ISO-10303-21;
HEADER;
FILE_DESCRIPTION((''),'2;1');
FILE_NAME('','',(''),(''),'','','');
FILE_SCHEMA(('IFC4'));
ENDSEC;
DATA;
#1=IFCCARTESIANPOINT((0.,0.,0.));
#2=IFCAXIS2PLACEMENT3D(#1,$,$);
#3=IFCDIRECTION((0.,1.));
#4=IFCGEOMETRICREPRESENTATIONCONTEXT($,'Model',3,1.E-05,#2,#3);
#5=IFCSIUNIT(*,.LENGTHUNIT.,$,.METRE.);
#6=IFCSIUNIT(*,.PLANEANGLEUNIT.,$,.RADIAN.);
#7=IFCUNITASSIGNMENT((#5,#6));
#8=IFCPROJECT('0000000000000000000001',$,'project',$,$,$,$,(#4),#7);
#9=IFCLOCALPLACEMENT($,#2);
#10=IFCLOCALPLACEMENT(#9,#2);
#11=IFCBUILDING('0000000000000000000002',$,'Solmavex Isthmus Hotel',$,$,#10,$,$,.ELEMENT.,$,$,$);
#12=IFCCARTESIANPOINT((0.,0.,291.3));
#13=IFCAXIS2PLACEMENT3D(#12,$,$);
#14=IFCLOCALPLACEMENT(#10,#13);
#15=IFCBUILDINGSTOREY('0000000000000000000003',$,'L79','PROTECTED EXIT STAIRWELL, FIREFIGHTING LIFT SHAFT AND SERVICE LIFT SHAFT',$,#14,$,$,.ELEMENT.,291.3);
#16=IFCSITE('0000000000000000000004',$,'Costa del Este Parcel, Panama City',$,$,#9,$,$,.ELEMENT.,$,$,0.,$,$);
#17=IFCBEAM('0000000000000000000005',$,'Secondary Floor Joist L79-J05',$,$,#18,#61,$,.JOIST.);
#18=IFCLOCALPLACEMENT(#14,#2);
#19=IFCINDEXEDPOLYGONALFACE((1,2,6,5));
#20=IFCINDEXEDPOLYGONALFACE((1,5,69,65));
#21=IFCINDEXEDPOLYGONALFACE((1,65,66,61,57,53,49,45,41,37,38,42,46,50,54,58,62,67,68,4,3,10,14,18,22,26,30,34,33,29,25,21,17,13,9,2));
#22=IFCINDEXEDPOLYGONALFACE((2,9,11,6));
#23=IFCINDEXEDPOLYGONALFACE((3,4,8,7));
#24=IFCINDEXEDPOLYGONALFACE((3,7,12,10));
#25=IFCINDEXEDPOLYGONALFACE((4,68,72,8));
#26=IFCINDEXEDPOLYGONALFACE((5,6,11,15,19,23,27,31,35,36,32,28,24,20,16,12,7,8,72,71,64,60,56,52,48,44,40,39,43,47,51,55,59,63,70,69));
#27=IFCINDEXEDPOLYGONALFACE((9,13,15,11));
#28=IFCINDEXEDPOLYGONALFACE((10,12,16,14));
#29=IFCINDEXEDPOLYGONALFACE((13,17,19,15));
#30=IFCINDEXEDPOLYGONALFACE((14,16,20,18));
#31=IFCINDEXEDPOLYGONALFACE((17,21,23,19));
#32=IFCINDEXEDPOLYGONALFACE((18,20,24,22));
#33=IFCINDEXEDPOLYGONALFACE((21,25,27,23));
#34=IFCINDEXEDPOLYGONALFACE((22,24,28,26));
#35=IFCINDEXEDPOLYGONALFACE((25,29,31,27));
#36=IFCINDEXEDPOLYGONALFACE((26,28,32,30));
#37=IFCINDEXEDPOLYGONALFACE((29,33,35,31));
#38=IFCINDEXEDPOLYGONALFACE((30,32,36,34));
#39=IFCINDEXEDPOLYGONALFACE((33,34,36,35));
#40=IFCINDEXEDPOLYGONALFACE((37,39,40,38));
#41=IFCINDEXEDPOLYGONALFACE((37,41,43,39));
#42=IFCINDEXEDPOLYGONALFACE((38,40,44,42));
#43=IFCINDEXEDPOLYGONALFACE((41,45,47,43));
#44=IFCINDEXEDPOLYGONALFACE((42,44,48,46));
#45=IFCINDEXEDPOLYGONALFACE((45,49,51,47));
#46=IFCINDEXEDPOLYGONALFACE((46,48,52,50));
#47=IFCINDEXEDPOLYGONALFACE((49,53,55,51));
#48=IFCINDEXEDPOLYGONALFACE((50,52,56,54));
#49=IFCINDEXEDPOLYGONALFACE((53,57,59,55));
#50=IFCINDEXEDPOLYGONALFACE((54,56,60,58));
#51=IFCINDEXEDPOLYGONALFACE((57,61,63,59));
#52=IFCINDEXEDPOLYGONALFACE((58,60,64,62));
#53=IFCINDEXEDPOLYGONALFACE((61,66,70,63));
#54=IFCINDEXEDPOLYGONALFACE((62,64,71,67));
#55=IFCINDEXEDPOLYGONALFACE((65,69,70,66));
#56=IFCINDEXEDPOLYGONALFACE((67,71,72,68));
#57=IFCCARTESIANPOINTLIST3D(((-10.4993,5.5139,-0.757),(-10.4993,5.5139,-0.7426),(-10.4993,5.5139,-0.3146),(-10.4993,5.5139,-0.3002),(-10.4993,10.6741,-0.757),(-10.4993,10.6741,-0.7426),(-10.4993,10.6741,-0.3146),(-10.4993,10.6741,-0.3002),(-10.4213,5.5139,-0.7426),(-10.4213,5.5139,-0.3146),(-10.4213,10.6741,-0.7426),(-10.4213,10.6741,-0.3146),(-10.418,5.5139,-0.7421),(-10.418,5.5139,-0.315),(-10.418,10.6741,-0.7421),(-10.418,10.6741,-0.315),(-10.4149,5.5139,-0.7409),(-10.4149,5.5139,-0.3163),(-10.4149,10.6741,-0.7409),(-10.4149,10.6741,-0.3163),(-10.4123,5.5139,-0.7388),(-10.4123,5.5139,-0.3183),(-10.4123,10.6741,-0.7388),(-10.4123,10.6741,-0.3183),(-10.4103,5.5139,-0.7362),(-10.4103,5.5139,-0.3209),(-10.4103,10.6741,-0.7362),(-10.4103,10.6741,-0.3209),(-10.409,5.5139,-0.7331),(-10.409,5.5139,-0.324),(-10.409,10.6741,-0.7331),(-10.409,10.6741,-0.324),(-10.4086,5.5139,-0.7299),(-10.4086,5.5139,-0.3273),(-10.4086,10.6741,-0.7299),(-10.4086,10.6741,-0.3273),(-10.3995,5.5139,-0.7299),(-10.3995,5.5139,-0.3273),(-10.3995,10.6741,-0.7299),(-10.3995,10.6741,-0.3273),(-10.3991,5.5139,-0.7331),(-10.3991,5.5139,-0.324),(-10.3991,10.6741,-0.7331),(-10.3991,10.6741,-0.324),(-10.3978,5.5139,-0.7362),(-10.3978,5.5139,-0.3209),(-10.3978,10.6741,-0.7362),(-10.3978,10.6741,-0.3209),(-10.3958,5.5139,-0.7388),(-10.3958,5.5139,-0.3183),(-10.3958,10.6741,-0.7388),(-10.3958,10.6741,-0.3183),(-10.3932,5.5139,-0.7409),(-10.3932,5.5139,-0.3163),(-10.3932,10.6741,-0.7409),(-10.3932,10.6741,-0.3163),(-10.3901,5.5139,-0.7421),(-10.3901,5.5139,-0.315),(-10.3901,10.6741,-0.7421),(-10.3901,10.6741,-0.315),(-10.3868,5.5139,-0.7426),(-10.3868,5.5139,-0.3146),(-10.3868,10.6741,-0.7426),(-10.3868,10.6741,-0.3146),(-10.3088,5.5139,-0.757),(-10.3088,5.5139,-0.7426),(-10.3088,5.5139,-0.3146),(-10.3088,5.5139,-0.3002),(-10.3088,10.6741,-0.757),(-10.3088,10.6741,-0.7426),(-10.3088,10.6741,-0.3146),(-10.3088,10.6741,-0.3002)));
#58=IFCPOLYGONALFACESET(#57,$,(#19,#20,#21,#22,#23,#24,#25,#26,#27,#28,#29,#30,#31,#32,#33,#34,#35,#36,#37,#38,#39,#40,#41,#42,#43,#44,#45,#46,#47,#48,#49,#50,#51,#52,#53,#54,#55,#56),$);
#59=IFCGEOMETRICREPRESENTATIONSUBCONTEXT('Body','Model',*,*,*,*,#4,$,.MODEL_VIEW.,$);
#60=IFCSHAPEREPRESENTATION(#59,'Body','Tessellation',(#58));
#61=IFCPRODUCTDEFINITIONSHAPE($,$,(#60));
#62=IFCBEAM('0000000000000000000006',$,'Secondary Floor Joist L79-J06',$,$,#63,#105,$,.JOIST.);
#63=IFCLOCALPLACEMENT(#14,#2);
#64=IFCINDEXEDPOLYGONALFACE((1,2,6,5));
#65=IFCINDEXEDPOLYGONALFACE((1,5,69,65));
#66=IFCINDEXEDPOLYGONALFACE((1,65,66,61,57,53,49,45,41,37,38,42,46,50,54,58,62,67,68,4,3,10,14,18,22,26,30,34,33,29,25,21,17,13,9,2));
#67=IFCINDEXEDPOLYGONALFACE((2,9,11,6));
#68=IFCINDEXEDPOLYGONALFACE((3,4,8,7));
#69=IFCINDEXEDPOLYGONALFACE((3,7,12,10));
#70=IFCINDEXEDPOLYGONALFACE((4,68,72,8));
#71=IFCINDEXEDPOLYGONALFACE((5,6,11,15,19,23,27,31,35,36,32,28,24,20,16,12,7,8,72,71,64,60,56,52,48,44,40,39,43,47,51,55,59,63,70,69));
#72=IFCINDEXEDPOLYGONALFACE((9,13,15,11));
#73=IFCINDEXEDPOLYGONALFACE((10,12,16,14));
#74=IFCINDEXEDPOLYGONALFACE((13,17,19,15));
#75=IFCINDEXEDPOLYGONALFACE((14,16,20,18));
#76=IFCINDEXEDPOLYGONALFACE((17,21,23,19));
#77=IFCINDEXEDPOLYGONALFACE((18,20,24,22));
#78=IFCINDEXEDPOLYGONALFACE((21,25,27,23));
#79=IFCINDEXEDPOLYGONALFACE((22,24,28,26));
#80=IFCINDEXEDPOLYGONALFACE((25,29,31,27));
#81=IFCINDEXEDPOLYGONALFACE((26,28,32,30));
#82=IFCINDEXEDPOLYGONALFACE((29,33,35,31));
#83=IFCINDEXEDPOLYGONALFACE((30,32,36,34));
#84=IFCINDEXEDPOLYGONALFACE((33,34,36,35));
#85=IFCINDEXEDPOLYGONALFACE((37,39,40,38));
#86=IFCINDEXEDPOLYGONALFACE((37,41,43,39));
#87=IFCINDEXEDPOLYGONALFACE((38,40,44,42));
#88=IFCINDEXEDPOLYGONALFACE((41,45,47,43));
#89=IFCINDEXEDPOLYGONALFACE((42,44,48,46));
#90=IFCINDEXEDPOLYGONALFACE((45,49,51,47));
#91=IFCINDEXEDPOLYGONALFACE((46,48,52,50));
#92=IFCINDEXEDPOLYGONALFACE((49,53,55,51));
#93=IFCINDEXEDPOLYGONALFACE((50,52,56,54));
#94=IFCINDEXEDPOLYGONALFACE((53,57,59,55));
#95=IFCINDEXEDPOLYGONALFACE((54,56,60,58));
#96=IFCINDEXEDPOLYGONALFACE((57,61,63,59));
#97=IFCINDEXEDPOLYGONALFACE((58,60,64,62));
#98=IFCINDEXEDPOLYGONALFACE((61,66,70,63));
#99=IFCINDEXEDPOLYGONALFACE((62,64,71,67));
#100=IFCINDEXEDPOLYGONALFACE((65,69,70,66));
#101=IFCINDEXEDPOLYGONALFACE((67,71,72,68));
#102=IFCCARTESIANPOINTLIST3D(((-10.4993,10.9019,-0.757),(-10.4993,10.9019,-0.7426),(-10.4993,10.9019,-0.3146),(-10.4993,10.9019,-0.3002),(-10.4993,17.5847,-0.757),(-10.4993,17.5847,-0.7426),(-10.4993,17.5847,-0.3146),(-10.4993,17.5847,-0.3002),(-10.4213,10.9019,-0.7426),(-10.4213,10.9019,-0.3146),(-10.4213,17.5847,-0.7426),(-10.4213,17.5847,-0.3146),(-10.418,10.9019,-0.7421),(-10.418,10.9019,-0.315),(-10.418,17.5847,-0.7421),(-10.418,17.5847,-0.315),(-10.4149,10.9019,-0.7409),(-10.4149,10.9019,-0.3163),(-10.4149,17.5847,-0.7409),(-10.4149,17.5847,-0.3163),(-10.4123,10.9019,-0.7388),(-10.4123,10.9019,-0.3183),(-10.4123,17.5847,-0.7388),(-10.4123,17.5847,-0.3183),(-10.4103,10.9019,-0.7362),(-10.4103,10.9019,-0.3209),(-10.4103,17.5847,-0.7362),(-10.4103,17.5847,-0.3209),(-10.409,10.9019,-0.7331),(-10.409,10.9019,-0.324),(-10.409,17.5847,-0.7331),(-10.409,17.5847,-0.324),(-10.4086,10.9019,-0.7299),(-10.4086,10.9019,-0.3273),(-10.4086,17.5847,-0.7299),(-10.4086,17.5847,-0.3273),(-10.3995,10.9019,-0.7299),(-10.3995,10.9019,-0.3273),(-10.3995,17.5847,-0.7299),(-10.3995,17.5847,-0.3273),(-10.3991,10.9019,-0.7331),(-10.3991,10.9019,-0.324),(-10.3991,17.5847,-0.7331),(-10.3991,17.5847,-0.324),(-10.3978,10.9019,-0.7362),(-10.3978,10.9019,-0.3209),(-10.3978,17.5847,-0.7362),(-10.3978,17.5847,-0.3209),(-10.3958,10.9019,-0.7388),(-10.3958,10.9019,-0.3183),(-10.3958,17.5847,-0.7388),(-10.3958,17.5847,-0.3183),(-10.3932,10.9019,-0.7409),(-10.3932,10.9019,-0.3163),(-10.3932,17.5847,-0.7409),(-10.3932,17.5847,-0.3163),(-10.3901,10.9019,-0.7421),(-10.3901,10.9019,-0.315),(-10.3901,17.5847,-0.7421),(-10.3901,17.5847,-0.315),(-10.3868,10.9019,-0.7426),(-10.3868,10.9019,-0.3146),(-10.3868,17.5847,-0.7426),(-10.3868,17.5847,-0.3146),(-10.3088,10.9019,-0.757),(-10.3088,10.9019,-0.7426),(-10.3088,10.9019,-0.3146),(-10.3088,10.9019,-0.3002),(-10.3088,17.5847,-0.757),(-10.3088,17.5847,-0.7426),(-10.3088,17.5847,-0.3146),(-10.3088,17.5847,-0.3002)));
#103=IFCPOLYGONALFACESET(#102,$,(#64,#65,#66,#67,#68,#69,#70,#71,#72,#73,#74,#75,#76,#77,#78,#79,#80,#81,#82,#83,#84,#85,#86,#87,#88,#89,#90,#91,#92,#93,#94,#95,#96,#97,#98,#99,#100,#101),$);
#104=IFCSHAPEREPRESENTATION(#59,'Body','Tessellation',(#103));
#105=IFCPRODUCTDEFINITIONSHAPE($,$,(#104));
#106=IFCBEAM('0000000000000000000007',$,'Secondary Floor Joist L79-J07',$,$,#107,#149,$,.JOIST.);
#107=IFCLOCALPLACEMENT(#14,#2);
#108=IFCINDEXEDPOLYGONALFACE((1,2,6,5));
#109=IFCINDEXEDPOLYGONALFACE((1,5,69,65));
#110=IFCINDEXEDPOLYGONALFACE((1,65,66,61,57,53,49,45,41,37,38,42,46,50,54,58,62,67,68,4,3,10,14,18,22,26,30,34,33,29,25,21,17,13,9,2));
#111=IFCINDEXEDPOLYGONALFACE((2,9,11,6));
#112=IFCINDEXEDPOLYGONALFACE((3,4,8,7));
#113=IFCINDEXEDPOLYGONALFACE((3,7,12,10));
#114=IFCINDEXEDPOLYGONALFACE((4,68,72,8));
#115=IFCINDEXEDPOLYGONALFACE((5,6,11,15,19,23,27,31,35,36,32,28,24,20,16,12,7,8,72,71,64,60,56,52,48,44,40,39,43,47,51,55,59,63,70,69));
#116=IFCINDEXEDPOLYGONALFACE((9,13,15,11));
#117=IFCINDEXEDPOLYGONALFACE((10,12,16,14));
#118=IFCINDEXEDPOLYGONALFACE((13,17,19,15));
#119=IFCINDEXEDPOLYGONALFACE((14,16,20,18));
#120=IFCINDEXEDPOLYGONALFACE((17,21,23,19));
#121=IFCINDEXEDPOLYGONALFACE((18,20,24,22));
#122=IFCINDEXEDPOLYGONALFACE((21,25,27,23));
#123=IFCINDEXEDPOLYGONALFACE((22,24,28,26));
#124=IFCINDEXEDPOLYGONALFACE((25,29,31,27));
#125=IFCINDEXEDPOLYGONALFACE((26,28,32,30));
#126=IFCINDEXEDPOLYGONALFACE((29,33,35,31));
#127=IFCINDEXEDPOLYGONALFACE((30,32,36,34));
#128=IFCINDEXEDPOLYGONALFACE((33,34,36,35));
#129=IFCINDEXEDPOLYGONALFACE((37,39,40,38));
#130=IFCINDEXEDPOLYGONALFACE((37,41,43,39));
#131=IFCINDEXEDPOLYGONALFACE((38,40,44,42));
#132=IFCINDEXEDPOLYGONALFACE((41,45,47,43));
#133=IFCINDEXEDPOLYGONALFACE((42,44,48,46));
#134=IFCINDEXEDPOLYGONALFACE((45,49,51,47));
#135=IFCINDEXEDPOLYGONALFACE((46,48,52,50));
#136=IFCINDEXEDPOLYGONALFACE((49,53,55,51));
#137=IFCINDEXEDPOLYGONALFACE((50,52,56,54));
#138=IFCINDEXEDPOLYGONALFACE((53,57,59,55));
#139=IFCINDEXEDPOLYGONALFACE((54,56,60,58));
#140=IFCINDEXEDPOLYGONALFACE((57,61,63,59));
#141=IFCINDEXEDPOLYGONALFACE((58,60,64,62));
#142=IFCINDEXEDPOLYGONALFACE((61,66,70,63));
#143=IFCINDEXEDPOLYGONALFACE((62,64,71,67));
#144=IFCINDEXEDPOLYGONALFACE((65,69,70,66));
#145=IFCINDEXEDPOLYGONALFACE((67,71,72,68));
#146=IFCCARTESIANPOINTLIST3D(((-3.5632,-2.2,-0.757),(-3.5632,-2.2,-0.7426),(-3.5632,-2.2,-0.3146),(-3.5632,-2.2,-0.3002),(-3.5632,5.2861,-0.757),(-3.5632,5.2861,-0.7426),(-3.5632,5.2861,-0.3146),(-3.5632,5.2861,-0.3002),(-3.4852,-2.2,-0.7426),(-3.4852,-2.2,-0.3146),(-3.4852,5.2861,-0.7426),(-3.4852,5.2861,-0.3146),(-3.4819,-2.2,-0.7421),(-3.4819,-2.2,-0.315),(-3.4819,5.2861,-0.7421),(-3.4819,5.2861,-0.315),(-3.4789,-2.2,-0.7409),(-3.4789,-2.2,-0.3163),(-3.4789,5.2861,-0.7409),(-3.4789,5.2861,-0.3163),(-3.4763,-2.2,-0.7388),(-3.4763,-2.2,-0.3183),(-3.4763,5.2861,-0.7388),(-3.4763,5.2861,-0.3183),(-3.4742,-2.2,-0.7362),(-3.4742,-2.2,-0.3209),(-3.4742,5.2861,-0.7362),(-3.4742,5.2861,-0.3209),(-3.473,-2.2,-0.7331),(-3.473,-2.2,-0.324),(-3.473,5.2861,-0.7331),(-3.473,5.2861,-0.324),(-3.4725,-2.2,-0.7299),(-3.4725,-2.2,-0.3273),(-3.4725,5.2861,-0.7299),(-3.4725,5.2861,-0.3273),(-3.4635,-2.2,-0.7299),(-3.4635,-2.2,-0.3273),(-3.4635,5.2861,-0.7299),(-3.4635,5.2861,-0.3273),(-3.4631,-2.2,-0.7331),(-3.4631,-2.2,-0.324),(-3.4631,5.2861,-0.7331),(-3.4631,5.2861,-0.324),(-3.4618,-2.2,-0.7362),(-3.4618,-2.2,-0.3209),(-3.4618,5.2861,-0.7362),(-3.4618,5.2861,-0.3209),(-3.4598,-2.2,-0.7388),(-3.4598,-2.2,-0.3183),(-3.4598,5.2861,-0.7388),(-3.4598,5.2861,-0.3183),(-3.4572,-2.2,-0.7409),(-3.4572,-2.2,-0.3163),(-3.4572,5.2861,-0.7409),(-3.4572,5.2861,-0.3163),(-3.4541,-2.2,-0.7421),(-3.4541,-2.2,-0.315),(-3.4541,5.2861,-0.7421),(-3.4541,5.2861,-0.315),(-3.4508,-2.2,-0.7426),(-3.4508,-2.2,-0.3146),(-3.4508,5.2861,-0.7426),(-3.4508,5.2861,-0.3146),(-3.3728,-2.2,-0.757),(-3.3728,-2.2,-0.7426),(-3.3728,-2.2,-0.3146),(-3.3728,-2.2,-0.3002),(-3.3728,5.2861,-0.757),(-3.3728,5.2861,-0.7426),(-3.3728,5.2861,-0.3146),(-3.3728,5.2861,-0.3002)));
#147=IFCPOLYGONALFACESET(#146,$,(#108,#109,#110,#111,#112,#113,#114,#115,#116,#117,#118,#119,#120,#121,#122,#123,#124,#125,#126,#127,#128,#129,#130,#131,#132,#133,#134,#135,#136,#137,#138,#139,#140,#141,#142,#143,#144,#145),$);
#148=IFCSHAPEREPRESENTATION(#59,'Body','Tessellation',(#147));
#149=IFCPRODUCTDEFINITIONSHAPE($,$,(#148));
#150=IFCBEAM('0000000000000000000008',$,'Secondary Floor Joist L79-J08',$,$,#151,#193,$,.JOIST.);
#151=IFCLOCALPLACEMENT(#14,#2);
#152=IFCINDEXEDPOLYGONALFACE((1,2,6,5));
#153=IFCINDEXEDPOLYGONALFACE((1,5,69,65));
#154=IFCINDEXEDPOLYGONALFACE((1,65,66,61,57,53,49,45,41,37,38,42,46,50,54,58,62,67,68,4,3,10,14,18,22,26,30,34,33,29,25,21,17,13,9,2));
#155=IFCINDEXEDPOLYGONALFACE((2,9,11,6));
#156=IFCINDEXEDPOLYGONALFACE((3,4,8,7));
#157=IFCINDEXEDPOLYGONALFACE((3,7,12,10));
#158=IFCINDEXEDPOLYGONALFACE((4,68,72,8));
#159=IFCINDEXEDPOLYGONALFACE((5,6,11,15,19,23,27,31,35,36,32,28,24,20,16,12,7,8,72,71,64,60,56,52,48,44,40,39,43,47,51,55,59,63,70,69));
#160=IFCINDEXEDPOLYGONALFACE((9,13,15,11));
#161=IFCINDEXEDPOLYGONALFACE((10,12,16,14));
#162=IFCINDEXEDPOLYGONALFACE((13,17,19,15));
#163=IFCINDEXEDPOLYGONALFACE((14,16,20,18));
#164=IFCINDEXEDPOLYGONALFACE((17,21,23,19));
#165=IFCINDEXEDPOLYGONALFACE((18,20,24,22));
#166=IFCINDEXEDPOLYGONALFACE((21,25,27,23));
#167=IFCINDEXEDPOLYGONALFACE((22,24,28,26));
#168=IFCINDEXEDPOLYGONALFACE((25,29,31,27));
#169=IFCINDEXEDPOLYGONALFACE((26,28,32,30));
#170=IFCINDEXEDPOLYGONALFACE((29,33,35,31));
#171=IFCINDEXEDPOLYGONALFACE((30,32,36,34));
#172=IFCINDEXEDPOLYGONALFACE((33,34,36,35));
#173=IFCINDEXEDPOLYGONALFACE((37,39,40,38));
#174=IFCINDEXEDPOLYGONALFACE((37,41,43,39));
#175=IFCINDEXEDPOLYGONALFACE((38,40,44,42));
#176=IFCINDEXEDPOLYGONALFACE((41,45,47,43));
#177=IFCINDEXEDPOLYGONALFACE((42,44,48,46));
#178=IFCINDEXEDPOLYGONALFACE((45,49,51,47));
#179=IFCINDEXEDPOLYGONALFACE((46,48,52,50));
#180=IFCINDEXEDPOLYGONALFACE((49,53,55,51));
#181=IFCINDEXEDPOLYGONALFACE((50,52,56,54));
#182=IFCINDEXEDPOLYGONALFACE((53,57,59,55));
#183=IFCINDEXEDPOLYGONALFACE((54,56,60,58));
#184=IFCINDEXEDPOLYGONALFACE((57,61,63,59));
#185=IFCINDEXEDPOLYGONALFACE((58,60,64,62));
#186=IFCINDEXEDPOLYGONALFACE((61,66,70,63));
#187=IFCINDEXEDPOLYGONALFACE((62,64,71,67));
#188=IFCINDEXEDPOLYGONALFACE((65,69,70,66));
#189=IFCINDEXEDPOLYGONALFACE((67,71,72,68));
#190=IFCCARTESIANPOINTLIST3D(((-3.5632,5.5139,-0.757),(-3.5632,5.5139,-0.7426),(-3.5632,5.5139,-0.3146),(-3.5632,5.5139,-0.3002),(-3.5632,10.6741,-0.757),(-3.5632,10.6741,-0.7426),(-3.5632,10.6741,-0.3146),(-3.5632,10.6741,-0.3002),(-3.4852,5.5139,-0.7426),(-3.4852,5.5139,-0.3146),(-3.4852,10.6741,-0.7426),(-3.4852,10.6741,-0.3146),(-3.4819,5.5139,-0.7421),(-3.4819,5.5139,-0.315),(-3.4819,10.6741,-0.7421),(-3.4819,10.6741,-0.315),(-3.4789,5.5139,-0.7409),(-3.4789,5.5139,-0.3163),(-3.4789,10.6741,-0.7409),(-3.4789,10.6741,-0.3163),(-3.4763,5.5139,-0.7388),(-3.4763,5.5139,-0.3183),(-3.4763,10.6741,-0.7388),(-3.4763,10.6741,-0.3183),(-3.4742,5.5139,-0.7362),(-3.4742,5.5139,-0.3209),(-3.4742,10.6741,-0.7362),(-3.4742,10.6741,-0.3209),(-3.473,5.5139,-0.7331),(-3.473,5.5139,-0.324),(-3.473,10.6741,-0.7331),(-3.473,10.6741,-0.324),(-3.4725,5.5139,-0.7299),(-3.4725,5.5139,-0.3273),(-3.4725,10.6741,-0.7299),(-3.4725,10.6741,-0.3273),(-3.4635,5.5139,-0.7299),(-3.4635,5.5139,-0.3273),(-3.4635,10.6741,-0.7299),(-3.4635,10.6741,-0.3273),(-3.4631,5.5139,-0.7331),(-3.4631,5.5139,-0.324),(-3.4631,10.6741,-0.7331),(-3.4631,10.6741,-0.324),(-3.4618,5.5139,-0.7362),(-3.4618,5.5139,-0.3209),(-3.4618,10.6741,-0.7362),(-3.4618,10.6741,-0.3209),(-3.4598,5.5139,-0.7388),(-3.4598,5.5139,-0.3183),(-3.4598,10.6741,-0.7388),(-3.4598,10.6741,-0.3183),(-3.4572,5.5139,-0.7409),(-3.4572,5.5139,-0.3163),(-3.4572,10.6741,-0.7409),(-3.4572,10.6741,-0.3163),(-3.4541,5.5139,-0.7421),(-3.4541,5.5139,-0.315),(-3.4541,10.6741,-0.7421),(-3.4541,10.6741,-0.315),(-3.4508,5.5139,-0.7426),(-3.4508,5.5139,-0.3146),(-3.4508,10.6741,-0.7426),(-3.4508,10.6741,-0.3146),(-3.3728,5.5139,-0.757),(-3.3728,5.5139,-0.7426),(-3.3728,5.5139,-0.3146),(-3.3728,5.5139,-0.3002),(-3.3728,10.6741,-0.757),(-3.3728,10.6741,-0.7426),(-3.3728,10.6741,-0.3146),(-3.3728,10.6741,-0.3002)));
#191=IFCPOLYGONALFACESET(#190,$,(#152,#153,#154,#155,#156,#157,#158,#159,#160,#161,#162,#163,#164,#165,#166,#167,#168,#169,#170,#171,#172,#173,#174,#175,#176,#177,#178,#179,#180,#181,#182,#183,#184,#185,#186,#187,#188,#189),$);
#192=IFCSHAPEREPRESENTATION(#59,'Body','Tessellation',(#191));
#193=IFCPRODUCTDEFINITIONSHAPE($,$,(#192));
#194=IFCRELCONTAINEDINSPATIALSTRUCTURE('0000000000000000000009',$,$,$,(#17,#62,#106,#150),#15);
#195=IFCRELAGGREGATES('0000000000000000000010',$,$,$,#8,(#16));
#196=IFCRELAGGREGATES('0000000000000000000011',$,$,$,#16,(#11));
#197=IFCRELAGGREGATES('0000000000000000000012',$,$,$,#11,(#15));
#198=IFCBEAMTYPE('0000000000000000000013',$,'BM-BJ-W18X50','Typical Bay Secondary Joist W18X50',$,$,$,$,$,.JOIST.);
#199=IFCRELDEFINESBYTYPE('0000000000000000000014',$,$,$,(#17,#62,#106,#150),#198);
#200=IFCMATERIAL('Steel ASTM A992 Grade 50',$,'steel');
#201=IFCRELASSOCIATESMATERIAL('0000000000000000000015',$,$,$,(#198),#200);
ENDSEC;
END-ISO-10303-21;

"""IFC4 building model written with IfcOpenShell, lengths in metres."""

from ifc_helpers import new_model, si_unit, direction, frame, origin, origin_2d, place, context, subcontext, project, spatial, i_section, extrude, material, material_profile, profile_set, type_object, element, save


model = new_model("IFC4")

# Units and contexts
model_context = context("Model", 3, precision=1e-05, world=origin(), true_north=direction((0.0, 1.0)))
body_context = subcontext(model_context, "Body", "Model", "MODEL_VIEW")
ifc_project = project(units=[si_unit("LENGTHUNIT", "METRE"), si_unit("PLANEANGLEUNIT", "RADIAN")], contexts=[model_context])

# Site, building, storey
site_placement = place(None, origin())
site = spatial("IfcSite", under=ifc_project, at=site_placement, Name="Costa del Este Parcel, Panama City", CompositionType="ELEMENT", RefElevation=0.0)
building_placement = place(site_placement, origin())
building = spatial("IfcBuilding", under=site, at=building_placement, Name="Solmavex Isthmus Hotel", CompositionType="ELEMENT")
storey_placement = place(building_placement, frame((0.0, 0.0, 291.3)))
storey = spatial("IfcBuildingStorey", under=building, at=storey_placement, Name="L79", Description="PROTECTED EXIT STAIRWELL, FIREFIGHTING LIFT SHAFT AND SERVICE LIFT SHAFT", CompositionType="ELEMENT", Elevation=291.3)

# Beams
ifc_material_1 = material(Name="Steel ASTM A992 Grade 50", Category="steel")
ifc_material_profile_1 = material_profile(ifc_material_1, i_section(OverallWidth=0.1904, OverallDepth=0.4568, WebThickness=0.009, FlangeThickness=0.0144, FilletRadius=0.0127, at=origin_2d()), Name="W18X50")
ifc_profile_set_1 = profile_set([ifc_material_profile_1], Name="Steel ASTM A992 Grade 50")
beam_type_1 = type_object("IfcBeamType", Name="BM-BJ-W18X50", Description="Typical Bay Secondary Joist W18X50", PredefinedType="JOIST", material=ifc_profile_set_1)
beam_1_placement = place(storey_placement, frame((-10.4041, 5.5139, -0.5286), z_axis=(0.0, 1.0, 0.0), x_axis=(-1.0, 0.0, 0.0)))
element("IfcBeam", 1, at=beam_1_placement, inside=storey, type_object=beam_type_1, Name="Secondary Floor Joist L79-J05", PredefinedType="JOIST", context=body_context, shape_type="SweptSolid", body=[
    extrude(i_section(OverallWidth=0.1904, OverallDepth=0.4568, WebThickness=0.009, FlangeThickness=0.0144, FilletRadius=0.0127, at=origin_2d()), origin(), (0.0, 0.0, 1.0), 5.1602),
])
beam_2_placement = place(storey_placement, frame((-10.4041, 10.9019, -0.5286), z_axis=(0.0, 1.0, 0.0), x_axis=(-1.0, 0.0, 0.0)))
element("IfcBeam", 2, at=beam_2_placement, inside=storey, type_object=beam_type_1, Name="Secondary Floor Joist L79-J06", PredefinedType="JOIST", context=body_context, shape_type="SweptSolid", body=[
    extrude(i_section(OverallWidth=0.1904, OverallDepth=0.4568, WebThickness=0.009, FlangeThickness=0.0144, FilletRadius=0.0127, at=origin_2d()), origin(), (0.0, 0.0, 1.0), 6.6829),
])
beam_3_placement = place(storey_placement, frame((-3.468, -2.2, -0.5286), z_axis=(0.0, 1.0, 0.0), x_axis=(-1.0, 0.0, 0.0)))
element("IfcBeam", 3, at=beam_3_placement, inside=storey, type_object=beam_type_1, Name="Secondary Floor Joist L79-J07", PredefinedType="JOIST", context=body_context, shape_type="SweptSolid", body=[
    extrude(i_section(OverallWidth=0.1904, OverallDepth=0.4568, WebThickness=0.009, FlangeThickness=0.0144, FilletRadius=0.0127, at=origin_2d()), origin(), (0.0, 0.0, 1.0), 7.4861),
])
beam_4_placement = place(storey_placement, frame((-3.468, 5.5139, -0.5286), z_axis=(0.0, 1.0, 0.0), x_axis=(-1.0, 0.0, 0.0)))
element("IfcBeam", 4, at=beam_4_placement, inside=storey, type_object=beam_type_1, Name="Secondary Floor Joist L79-J08", PredefinedType="JOIST", context=body_context, shape_type="SweptSolid", body=[
    extrude(i_section(OverallWidth=0.1904, OverallDepth=0.4568, WebThickness=0.009, FlangeThickness=0.0144, FilletRadius=0.0127, at=origin_2d()), origin(), (0.0, 0.0, 1.0), 5.1602),
])

save(model, "model.ifc")
